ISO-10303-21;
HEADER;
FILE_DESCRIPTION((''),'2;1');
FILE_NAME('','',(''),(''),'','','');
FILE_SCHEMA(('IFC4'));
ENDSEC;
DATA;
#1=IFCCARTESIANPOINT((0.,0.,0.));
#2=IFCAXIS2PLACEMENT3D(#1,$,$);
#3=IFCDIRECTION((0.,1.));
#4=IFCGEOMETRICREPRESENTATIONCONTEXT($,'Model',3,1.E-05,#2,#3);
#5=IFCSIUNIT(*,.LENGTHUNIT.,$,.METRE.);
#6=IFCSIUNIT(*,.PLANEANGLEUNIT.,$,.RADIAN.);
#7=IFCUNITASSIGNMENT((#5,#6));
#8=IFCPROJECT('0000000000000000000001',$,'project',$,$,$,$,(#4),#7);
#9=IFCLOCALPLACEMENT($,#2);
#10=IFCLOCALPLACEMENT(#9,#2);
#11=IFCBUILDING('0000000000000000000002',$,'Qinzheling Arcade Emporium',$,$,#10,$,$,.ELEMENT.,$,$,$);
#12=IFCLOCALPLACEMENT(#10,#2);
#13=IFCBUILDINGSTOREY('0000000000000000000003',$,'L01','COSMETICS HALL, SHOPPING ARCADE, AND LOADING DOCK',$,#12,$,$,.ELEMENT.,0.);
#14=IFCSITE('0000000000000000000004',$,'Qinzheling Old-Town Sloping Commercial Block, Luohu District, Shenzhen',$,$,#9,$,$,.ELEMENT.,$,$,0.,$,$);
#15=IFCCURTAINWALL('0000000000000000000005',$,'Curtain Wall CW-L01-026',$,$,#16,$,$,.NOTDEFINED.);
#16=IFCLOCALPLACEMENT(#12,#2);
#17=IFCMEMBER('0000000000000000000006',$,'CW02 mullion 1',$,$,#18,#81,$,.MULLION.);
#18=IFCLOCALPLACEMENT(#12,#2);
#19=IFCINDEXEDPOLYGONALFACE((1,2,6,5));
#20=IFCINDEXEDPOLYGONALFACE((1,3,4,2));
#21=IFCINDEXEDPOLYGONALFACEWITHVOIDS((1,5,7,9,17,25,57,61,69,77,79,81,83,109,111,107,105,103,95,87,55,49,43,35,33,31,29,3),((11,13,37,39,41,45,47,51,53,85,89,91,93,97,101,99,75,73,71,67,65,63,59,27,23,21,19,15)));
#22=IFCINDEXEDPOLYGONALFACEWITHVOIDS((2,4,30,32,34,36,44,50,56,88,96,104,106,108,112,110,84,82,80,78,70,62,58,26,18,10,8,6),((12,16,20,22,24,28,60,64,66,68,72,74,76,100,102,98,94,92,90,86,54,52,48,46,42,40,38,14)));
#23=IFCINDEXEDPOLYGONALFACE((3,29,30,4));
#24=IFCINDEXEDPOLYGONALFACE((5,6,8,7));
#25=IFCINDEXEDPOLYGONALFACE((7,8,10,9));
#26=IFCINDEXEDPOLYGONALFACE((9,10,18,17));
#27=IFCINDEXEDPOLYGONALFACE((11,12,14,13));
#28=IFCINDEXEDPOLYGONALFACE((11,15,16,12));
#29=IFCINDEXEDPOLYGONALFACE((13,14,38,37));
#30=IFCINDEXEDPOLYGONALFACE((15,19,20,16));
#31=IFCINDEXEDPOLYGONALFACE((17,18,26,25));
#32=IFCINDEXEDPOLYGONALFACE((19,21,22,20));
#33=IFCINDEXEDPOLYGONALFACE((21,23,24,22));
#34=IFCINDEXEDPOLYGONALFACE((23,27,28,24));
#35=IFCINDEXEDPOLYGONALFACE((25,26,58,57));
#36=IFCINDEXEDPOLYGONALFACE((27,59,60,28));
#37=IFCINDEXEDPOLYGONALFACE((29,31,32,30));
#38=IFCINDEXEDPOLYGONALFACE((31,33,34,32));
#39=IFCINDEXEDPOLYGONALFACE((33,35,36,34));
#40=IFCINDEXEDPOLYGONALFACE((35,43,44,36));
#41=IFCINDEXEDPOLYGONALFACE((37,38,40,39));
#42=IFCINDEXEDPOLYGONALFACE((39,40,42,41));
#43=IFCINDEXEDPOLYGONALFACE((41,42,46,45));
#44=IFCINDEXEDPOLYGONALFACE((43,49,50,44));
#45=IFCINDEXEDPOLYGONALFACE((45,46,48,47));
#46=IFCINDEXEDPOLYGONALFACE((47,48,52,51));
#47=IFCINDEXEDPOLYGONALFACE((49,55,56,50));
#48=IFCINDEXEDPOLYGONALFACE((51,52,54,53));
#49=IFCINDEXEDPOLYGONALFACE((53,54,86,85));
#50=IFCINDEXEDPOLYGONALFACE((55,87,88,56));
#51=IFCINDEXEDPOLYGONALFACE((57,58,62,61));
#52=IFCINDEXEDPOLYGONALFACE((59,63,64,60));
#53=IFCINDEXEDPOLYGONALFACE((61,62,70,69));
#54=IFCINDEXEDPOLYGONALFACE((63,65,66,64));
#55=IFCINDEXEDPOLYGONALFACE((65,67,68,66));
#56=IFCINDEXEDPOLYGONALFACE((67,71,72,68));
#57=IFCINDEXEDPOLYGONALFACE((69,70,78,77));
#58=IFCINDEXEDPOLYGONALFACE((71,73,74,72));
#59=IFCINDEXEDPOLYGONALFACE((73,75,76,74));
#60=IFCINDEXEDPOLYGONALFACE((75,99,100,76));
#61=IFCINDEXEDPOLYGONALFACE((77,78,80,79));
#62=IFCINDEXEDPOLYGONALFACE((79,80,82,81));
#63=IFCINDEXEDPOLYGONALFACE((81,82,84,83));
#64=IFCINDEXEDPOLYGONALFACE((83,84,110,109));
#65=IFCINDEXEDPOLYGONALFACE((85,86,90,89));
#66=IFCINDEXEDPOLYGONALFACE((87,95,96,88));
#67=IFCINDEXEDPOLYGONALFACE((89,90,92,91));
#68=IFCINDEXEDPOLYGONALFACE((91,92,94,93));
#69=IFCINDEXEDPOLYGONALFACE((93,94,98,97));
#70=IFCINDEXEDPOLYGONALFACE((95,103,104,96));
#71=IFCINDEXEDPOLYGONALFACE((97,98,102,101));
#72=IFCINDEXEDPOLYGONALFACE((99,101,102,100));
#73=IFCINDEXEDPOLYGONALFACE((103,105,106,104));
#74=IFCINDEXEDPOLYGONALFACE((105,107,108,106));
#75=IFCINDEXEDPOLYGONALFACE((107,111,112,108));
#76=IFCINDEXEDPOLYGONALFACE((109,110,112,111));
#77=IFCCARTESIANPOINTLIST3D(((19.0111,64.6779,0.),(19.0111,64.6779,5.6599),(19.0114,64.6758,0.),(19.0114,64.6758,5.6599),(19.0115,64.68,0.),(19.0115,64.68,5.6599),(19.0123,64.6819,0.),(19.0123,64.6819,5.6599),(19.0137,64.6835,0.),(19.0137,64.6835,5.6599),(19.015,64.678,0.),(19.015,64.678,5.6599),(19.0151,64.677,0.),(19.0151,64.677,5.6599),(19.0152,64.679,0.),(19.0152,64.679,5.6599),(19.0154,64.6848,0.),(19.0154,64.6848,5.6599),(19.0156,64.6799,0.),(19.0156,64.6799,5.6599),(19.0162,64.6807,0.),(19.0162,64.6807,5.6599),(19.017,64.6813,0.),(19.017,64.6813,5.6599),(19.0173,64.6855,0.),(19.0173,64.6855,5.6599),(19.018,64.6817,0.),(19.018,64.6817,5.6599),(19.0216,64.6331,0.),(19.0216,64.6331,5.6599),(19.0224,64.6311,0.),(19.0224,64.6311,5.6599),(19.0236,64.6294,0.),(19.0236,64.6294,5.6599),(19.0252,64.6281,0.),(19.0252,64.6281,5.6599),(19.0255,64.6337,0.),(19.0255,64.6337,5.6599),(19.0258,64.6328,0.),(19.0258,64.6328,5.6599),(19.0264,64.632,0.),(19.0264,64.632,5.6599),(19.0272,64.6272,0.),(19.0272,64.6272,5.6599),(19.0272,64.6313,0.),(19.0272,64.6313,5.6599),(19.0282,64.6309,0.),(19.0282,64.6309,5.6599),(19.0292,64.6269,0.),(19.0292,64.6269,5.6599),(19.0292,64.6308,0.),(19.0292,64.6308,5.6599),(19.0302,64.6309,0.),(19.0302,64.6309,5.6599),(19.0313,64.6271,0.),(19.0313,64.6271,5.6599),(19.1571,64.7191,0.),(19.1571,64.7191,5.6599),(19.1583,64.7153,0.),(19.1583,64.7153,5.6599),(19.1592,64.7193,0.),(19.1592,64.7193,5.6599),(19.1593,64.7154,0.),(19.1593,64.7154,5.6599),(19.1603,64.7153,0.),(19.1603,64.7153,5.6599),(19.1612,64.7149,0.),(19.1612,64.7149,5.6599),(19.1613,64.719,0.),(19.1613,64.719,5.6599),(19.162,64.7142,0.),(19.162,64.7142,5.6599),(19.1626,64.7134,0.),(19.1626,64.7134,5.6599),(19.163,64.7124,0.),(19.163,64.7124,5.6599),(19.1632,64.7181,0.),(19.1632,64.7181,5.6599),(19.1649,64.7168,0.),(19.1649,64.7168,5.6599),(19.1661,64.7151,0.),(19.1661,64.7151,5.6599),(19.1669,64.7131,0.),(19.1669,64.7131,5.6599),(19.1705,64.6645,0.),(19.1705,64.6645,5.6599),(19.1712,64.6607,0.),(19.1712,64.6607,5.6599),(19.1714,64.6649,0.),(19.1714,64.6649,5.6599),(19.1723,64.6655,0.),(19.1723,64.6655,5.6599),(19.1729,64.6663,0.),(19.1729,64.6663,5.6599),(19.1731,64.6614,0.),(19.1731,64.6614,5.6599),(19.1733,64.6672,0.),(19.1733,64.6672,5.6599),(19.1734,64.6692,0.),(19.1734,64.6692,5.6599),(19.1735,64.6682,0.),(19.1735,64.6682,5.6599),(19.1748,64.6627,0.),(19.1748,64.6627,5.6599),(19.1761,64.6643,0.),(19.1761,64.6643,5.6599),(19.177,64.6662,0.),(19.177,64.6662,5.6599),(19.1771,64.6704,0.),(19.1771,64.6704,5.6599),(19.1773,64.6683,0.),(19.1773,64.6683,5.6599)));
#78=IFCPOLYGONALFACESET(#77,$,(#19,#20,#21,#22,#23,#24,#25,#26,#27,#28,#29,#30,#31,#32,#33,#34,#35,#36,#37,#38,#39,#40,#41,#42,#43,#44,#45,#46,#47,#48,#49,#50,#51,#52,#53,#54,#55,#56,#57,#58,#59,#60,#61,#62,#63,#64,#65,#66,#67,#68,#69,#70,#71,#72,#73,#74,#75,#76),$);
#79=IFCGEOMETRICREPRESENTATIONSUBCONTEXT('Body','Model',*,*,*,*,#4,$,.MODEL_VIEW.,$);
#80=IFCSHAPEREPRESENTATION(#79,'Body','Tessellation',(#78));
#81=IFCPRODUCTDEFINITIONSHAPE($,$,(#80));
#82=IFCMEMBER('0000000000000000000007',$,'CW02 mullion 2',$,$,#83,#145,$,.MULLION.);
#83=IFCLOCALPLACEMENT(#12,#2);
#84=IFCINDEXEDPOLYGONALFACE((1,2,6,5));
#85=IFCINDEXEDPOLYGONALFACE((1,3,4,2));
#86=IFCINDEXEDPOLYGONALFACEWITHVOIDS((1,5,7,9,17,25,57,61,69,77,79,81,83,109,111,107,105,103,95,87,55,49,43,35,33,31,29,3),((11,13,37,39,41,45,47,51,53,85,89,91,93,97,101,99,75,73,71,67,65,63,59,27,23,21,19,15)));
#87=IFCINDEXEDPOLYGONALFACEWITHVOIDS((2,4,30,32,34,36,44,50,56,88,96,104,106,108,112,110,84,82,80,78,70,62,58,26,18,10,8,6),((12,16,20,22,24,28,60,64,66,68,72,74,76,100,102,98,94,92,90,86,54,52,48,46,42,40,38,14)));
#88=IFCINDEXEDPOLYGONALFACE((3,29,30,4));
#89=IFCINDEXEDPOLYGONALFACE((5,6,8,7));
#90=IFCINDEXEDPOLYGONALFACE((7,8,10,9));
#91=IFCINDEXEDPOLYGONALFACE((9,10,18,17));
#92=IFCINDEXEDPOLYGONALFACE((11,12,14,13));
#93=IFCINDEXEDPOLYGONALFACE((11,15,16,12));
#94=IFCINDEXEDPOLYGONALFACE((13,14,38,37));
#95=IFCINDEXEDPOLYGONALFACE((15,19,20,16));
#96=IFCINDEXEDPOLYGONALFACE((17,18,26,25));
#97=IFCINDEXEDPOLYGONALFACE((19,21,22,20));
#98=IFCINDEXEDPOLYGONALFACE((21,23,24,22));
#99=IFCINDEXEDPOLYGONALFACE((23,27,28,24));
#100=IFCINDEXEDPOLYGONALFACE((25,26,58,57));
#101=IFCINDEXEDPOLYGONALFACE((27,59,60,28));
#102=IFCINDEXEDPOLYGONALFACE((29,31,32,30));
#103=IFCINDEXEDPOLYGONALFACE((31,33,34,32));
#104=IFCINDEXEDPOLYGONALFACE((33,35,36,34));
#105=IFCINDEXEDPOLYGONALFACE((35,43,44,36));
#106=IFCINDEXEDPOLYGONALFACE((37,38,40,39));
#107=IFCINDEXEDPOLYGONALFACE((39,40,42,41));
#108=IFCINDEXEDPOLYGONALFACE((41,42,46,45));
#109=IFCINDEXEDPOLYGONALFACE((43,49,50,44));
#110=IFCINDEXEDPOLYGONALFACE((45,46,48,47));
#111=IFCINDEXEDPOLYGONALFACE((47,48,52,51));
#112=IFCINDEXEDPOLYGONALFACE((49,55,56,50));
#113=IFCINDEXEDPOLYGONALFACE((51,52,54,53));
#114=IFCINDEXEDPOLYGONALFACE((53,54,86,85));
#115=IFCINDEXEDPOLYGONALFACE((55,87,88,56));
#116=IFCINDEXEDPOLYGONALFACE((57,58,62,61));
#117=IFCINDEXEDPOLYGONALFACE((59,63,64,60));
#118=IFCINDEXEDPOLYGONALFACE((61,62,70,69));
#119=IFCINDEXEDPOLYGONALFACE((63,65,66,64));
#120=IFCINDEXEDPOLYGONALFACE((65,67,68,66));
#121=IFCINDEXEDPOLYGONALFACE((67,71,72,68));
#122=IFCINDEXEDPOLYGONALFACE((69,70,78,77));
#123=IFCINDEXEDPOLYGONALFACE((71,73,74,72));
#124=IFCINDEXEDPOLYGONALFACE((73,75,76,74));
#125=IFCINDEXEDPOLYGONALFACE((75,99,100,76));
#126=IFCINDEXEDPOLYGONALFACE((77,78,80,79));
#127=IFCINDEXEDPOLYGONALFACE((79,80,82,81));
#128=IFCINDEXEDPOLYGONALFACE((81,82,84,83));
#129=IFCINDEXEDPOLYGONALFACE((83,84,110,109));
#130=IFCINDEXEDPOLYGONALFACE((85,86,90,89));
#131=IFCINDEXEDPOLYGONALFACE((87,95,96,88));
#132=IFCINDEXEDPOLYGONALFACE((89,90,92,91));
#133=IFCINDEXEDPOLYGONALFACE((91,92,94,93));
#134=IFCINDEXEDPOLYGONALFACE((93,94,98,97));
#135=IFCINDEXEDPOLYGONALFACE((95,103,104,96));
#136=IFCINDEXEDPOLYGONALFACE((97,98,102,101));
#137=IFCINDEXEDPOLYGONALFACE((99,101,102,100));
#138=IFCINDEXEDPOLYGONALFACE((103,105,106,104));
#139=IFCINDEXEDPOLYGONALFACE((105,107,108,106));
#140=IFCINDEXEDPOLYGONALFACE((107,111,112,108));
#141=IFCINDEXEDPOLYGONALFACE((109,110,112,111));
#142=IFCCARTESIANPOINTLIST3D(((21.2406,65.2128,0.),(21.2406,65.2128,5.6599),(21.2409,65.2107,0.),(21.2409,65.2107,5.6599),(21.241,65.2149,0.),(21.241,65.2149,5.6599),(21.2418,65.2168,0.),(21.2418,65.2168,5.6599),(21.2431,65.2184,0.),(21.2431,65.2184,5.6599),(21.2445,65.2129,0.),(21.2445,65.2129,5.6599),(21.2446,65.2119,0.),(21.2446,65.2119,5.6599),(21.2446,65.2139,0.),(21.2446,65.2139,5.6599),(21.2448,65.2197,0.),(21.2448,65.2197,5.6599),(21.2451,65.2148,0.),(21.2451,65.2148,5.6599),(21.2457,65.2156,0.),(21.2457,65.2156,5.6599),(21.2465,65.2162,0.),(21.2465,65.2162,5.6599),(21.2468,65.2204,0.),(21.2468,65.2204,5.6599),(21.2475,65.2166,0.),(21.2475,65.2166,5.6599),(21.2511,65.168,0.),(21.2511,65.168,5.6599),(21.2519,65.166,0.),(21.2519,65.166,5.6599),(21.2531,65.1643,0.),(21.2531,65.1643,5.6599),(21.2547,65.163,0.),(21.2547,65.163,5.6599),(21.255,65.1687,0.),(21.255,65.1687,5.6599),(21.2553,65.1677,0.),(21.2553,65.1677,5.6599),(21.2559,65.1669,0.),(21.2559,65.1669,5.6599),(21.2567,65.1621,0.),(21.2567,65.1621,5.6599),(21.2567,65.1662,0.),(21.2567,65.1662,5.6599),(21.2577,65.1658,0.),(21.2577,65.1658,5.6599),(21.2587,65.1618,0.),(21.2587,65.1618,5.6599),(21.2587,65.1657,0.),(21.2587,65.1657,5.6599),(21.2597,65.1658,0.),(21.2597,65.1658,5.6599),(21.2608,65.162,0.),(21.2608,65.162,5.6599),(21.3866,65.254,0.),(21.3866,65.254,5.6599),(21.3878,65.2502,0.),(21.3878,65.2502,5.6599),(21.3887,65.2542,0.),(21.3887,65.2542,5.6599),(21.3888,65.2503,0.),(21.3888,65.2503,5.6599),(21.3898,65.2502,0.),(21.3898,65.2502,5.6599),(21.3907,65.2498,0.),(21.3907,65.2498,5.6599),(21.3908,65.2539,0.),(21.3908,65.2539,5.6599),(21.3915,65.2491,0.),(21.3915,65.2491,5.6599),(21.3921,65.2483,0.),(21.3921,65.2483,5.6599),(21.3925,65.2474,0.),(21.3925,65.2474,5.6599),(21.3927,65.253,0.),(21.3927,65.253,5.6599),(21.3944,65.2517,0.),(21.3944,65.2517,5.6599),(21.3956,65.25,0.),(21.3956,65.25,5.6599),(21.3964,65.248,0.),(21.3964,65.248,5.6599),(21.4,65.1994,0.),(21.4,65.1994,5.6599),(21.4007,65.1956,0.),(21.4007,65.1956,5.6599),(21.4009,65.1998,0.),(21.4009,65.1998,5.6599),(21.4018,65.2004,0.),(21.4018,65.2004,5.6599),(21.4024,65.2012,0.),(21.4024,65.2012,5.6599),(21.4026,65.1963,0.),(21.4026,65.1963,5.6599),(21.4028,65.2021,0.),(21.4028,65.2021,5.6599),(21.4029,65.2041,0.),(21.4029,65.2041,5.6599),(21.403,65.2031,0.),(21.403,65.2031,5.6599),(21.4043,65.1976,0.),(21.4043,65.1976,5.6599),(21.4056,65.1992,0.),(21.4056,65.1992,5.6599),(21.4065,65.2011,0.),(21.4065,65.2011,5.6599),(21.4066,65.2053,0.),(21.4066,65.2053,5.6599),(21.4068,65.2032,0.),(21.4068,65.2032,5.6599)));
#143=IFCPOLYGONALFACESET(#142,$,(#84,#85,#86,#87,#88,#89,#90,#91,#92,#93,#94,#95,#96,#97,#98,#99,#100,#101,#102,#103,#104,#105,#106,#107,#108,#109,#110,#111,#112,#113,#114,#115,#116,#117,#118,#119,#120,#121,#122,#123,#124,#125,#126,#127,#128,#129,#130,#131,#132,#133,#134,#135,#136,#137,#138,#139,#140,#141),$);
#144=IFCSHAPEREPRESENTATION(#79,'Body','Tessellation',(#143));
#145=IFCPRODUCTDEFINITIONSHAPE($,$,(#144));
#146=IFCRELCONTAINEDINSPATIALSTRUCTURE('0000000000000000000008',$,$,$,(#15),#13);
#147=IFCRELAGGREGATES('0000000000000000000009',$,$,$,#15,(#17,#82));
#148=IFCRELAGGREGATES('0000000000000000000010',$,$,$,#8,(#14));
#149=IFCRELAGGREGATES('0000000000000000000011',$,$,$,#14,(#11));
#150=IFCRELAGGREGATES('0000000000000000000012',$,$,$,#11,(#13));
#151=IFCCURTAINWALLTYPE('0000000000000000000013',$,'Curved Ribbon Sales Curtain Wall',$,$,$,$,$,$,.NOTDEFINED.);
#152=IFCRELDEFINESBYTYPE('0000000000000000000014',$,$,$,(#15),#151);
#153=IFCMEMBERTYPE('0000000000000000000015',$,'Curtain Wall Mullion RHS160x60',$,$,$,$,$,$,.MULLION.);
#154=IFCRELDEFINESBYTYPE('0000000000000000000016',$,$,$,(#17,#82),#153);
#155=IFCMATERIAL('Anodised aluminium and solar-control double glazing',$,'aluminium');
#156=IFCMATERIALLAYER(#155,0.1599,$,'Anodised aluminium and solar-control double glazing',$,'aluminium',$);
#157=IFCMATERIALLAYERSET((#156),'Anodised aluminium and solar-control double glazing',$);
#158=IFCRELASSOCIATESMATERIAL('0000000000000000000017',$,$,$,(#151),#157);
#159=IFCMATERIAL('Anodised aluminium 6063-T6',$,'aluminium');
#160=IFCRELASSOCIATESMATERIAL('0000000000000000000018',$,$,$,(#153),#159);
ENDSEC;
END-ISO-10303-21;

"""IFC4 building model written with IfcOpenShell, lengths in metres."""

from ifc_helpers import new_model, si_unit, direction, frame, origin, origin_2d, place, context, subcontext, project, spatial, hollow_rectangle, extrude, material, layer, layer_set, material_profile, profile_set, type_object, element, aggregate, save


model = new_model("IFC4")

# Units and contexts
model_context = context("Model", 3, precision=1e-05, world=origin(), true_north=direction((0.0, 1.0)))
body_context = subcontext(model_context, "Body", "Model", "MODEL_VIEW")
ifc_project = project(units=[si_unit("LENGTHUNIT", "METRE"), si_unit("PLANEANGLEUNIT", "RADIAN")], contexts=[model_context])

# Site, building, storey
site_placement = place(None, origin())
site = spatial("IfcSite", under=ifc_project, at=site_placement, Name="Qinzheling Old-Town Sloping Commercial Block, Luohu District, Shenzhen", CompositionType="ELEMENT", RefElevation=0.0)
building_placement = place(site_placement, origin())
building = spatial("IfcBuilding", under=site, at=building_placement, Name="Qinzheling Arcade Emporium", CompositionType="ELEMENT")
storey_placement = place(building_placement, origin())
storey = spatial("IfcBuildingStorey", under=building, at=storey_placement, Name="L01", Description="COSMETICS HALL, SHOPPING ARCADE, AND LOADING DOCK", CompositionType="ELEMENT", Elevation=0.0)

# Curtain wall, members
ifc_material_1 = material(Name="Anodised aluminium and solar-control double glazing", Category="aluminium")
ifc_layer_1 = layer(ifc_material_1, 0.1599, Name="Anodised aluminium and solar-control double glazing", Category="aluminium")
ifc_layer_set_1 = layer_set([ifc_layer_1], Name="Anodised aluminium and solar-control double glazing")
curtain_wall_type = type_object("IfcCurtainWallType", Name="Curved Ribbon Sales Curtain Wall", PredefinedType="NOTDEFINED", material=ifc_layer_set_1)
ifc_material_2 = material(Name="Anodised aluminium 6063-T6", Category="aluminium")
ifc_material_profile_1 = material_profile(ifc_material_2, hollow_rectangle(XDim=0.0601, YDim=0.1599, WallThickness=0.0039, InnerFilletRadius=0.0039, OuterFilletRadius=0.0081, at=origin_2d()), Name="RHS 160x60x4", Category="aluminium")
ifc_profile_set_1 = profile_set([ifc_material_profile_1], Name="Anodised aluminium 6063-T6")
member_type_1 = type_object("IfcMemberType", Name="Curtain Wall Mullion RHS160x60", PredefinedType="MULLION", material=ifc_profile_set_1)
curtain_wall_1_placement = place(storey_placement, origin())
curtain_wall_1 = element("IfcCurtainWall", 1, at=curtain_wall_1_placement, inside=storey, type_object=curtain_wall_type, Name="Curtain Wall CW-L01-026", PredefinedType="NOTDEFINED")
member_1_placement = place(storey_placement, frame((19.0942, 64.6731, 0.0), z_axis=(0.0, 0.0, 1.0), x_axis=(-0.233325, 0.972399, 0.0)))
member_1 = element("IfcMember", 2, at=member_1_placement, type_object=member_type_1, Name="CW02 mullion 1", PredefinedType="MULLION", context=body_context, shape_type="SweptSolid", body=[
    extrude(hollow_rectangle(XDim=0.0601, YDim=0.1599, WallThickness=0.0039, InnerFilletRadius=0.0039, OuterFilletRadius=0.0081, at=origin_2d()), origin(), (0.0, 0.0, 1.0), 5.6599),
])
member_2_placement = place(storey_placement, frame((21.3237, 65.208, 0.0), z_axis=(0.0, 0.0, 1.0), x_axis=(-0.233325, 0.972399, 0.0)))
member_2 = element("IfcMember", 3, at=member_2_placement, type_object=member_type_1, Name="CW02 mullion 2", PredefinedType="MULLION", context=body_context, shape_type="SweptSolid", body=[
    extrude(hollow_rectangle(XDim=0.0601, YDim=0.1599, WallThickness=0.0039, InnerFilletRadius=0.0039, OuterFilletRadius=0.0081, at=origin_2d()), origin(), (0.0, 0.0, 1.0), 5.6599),
])

aggregate(curtain_wall_1, [member_1, member_2])

save(model, "model.ifc")
